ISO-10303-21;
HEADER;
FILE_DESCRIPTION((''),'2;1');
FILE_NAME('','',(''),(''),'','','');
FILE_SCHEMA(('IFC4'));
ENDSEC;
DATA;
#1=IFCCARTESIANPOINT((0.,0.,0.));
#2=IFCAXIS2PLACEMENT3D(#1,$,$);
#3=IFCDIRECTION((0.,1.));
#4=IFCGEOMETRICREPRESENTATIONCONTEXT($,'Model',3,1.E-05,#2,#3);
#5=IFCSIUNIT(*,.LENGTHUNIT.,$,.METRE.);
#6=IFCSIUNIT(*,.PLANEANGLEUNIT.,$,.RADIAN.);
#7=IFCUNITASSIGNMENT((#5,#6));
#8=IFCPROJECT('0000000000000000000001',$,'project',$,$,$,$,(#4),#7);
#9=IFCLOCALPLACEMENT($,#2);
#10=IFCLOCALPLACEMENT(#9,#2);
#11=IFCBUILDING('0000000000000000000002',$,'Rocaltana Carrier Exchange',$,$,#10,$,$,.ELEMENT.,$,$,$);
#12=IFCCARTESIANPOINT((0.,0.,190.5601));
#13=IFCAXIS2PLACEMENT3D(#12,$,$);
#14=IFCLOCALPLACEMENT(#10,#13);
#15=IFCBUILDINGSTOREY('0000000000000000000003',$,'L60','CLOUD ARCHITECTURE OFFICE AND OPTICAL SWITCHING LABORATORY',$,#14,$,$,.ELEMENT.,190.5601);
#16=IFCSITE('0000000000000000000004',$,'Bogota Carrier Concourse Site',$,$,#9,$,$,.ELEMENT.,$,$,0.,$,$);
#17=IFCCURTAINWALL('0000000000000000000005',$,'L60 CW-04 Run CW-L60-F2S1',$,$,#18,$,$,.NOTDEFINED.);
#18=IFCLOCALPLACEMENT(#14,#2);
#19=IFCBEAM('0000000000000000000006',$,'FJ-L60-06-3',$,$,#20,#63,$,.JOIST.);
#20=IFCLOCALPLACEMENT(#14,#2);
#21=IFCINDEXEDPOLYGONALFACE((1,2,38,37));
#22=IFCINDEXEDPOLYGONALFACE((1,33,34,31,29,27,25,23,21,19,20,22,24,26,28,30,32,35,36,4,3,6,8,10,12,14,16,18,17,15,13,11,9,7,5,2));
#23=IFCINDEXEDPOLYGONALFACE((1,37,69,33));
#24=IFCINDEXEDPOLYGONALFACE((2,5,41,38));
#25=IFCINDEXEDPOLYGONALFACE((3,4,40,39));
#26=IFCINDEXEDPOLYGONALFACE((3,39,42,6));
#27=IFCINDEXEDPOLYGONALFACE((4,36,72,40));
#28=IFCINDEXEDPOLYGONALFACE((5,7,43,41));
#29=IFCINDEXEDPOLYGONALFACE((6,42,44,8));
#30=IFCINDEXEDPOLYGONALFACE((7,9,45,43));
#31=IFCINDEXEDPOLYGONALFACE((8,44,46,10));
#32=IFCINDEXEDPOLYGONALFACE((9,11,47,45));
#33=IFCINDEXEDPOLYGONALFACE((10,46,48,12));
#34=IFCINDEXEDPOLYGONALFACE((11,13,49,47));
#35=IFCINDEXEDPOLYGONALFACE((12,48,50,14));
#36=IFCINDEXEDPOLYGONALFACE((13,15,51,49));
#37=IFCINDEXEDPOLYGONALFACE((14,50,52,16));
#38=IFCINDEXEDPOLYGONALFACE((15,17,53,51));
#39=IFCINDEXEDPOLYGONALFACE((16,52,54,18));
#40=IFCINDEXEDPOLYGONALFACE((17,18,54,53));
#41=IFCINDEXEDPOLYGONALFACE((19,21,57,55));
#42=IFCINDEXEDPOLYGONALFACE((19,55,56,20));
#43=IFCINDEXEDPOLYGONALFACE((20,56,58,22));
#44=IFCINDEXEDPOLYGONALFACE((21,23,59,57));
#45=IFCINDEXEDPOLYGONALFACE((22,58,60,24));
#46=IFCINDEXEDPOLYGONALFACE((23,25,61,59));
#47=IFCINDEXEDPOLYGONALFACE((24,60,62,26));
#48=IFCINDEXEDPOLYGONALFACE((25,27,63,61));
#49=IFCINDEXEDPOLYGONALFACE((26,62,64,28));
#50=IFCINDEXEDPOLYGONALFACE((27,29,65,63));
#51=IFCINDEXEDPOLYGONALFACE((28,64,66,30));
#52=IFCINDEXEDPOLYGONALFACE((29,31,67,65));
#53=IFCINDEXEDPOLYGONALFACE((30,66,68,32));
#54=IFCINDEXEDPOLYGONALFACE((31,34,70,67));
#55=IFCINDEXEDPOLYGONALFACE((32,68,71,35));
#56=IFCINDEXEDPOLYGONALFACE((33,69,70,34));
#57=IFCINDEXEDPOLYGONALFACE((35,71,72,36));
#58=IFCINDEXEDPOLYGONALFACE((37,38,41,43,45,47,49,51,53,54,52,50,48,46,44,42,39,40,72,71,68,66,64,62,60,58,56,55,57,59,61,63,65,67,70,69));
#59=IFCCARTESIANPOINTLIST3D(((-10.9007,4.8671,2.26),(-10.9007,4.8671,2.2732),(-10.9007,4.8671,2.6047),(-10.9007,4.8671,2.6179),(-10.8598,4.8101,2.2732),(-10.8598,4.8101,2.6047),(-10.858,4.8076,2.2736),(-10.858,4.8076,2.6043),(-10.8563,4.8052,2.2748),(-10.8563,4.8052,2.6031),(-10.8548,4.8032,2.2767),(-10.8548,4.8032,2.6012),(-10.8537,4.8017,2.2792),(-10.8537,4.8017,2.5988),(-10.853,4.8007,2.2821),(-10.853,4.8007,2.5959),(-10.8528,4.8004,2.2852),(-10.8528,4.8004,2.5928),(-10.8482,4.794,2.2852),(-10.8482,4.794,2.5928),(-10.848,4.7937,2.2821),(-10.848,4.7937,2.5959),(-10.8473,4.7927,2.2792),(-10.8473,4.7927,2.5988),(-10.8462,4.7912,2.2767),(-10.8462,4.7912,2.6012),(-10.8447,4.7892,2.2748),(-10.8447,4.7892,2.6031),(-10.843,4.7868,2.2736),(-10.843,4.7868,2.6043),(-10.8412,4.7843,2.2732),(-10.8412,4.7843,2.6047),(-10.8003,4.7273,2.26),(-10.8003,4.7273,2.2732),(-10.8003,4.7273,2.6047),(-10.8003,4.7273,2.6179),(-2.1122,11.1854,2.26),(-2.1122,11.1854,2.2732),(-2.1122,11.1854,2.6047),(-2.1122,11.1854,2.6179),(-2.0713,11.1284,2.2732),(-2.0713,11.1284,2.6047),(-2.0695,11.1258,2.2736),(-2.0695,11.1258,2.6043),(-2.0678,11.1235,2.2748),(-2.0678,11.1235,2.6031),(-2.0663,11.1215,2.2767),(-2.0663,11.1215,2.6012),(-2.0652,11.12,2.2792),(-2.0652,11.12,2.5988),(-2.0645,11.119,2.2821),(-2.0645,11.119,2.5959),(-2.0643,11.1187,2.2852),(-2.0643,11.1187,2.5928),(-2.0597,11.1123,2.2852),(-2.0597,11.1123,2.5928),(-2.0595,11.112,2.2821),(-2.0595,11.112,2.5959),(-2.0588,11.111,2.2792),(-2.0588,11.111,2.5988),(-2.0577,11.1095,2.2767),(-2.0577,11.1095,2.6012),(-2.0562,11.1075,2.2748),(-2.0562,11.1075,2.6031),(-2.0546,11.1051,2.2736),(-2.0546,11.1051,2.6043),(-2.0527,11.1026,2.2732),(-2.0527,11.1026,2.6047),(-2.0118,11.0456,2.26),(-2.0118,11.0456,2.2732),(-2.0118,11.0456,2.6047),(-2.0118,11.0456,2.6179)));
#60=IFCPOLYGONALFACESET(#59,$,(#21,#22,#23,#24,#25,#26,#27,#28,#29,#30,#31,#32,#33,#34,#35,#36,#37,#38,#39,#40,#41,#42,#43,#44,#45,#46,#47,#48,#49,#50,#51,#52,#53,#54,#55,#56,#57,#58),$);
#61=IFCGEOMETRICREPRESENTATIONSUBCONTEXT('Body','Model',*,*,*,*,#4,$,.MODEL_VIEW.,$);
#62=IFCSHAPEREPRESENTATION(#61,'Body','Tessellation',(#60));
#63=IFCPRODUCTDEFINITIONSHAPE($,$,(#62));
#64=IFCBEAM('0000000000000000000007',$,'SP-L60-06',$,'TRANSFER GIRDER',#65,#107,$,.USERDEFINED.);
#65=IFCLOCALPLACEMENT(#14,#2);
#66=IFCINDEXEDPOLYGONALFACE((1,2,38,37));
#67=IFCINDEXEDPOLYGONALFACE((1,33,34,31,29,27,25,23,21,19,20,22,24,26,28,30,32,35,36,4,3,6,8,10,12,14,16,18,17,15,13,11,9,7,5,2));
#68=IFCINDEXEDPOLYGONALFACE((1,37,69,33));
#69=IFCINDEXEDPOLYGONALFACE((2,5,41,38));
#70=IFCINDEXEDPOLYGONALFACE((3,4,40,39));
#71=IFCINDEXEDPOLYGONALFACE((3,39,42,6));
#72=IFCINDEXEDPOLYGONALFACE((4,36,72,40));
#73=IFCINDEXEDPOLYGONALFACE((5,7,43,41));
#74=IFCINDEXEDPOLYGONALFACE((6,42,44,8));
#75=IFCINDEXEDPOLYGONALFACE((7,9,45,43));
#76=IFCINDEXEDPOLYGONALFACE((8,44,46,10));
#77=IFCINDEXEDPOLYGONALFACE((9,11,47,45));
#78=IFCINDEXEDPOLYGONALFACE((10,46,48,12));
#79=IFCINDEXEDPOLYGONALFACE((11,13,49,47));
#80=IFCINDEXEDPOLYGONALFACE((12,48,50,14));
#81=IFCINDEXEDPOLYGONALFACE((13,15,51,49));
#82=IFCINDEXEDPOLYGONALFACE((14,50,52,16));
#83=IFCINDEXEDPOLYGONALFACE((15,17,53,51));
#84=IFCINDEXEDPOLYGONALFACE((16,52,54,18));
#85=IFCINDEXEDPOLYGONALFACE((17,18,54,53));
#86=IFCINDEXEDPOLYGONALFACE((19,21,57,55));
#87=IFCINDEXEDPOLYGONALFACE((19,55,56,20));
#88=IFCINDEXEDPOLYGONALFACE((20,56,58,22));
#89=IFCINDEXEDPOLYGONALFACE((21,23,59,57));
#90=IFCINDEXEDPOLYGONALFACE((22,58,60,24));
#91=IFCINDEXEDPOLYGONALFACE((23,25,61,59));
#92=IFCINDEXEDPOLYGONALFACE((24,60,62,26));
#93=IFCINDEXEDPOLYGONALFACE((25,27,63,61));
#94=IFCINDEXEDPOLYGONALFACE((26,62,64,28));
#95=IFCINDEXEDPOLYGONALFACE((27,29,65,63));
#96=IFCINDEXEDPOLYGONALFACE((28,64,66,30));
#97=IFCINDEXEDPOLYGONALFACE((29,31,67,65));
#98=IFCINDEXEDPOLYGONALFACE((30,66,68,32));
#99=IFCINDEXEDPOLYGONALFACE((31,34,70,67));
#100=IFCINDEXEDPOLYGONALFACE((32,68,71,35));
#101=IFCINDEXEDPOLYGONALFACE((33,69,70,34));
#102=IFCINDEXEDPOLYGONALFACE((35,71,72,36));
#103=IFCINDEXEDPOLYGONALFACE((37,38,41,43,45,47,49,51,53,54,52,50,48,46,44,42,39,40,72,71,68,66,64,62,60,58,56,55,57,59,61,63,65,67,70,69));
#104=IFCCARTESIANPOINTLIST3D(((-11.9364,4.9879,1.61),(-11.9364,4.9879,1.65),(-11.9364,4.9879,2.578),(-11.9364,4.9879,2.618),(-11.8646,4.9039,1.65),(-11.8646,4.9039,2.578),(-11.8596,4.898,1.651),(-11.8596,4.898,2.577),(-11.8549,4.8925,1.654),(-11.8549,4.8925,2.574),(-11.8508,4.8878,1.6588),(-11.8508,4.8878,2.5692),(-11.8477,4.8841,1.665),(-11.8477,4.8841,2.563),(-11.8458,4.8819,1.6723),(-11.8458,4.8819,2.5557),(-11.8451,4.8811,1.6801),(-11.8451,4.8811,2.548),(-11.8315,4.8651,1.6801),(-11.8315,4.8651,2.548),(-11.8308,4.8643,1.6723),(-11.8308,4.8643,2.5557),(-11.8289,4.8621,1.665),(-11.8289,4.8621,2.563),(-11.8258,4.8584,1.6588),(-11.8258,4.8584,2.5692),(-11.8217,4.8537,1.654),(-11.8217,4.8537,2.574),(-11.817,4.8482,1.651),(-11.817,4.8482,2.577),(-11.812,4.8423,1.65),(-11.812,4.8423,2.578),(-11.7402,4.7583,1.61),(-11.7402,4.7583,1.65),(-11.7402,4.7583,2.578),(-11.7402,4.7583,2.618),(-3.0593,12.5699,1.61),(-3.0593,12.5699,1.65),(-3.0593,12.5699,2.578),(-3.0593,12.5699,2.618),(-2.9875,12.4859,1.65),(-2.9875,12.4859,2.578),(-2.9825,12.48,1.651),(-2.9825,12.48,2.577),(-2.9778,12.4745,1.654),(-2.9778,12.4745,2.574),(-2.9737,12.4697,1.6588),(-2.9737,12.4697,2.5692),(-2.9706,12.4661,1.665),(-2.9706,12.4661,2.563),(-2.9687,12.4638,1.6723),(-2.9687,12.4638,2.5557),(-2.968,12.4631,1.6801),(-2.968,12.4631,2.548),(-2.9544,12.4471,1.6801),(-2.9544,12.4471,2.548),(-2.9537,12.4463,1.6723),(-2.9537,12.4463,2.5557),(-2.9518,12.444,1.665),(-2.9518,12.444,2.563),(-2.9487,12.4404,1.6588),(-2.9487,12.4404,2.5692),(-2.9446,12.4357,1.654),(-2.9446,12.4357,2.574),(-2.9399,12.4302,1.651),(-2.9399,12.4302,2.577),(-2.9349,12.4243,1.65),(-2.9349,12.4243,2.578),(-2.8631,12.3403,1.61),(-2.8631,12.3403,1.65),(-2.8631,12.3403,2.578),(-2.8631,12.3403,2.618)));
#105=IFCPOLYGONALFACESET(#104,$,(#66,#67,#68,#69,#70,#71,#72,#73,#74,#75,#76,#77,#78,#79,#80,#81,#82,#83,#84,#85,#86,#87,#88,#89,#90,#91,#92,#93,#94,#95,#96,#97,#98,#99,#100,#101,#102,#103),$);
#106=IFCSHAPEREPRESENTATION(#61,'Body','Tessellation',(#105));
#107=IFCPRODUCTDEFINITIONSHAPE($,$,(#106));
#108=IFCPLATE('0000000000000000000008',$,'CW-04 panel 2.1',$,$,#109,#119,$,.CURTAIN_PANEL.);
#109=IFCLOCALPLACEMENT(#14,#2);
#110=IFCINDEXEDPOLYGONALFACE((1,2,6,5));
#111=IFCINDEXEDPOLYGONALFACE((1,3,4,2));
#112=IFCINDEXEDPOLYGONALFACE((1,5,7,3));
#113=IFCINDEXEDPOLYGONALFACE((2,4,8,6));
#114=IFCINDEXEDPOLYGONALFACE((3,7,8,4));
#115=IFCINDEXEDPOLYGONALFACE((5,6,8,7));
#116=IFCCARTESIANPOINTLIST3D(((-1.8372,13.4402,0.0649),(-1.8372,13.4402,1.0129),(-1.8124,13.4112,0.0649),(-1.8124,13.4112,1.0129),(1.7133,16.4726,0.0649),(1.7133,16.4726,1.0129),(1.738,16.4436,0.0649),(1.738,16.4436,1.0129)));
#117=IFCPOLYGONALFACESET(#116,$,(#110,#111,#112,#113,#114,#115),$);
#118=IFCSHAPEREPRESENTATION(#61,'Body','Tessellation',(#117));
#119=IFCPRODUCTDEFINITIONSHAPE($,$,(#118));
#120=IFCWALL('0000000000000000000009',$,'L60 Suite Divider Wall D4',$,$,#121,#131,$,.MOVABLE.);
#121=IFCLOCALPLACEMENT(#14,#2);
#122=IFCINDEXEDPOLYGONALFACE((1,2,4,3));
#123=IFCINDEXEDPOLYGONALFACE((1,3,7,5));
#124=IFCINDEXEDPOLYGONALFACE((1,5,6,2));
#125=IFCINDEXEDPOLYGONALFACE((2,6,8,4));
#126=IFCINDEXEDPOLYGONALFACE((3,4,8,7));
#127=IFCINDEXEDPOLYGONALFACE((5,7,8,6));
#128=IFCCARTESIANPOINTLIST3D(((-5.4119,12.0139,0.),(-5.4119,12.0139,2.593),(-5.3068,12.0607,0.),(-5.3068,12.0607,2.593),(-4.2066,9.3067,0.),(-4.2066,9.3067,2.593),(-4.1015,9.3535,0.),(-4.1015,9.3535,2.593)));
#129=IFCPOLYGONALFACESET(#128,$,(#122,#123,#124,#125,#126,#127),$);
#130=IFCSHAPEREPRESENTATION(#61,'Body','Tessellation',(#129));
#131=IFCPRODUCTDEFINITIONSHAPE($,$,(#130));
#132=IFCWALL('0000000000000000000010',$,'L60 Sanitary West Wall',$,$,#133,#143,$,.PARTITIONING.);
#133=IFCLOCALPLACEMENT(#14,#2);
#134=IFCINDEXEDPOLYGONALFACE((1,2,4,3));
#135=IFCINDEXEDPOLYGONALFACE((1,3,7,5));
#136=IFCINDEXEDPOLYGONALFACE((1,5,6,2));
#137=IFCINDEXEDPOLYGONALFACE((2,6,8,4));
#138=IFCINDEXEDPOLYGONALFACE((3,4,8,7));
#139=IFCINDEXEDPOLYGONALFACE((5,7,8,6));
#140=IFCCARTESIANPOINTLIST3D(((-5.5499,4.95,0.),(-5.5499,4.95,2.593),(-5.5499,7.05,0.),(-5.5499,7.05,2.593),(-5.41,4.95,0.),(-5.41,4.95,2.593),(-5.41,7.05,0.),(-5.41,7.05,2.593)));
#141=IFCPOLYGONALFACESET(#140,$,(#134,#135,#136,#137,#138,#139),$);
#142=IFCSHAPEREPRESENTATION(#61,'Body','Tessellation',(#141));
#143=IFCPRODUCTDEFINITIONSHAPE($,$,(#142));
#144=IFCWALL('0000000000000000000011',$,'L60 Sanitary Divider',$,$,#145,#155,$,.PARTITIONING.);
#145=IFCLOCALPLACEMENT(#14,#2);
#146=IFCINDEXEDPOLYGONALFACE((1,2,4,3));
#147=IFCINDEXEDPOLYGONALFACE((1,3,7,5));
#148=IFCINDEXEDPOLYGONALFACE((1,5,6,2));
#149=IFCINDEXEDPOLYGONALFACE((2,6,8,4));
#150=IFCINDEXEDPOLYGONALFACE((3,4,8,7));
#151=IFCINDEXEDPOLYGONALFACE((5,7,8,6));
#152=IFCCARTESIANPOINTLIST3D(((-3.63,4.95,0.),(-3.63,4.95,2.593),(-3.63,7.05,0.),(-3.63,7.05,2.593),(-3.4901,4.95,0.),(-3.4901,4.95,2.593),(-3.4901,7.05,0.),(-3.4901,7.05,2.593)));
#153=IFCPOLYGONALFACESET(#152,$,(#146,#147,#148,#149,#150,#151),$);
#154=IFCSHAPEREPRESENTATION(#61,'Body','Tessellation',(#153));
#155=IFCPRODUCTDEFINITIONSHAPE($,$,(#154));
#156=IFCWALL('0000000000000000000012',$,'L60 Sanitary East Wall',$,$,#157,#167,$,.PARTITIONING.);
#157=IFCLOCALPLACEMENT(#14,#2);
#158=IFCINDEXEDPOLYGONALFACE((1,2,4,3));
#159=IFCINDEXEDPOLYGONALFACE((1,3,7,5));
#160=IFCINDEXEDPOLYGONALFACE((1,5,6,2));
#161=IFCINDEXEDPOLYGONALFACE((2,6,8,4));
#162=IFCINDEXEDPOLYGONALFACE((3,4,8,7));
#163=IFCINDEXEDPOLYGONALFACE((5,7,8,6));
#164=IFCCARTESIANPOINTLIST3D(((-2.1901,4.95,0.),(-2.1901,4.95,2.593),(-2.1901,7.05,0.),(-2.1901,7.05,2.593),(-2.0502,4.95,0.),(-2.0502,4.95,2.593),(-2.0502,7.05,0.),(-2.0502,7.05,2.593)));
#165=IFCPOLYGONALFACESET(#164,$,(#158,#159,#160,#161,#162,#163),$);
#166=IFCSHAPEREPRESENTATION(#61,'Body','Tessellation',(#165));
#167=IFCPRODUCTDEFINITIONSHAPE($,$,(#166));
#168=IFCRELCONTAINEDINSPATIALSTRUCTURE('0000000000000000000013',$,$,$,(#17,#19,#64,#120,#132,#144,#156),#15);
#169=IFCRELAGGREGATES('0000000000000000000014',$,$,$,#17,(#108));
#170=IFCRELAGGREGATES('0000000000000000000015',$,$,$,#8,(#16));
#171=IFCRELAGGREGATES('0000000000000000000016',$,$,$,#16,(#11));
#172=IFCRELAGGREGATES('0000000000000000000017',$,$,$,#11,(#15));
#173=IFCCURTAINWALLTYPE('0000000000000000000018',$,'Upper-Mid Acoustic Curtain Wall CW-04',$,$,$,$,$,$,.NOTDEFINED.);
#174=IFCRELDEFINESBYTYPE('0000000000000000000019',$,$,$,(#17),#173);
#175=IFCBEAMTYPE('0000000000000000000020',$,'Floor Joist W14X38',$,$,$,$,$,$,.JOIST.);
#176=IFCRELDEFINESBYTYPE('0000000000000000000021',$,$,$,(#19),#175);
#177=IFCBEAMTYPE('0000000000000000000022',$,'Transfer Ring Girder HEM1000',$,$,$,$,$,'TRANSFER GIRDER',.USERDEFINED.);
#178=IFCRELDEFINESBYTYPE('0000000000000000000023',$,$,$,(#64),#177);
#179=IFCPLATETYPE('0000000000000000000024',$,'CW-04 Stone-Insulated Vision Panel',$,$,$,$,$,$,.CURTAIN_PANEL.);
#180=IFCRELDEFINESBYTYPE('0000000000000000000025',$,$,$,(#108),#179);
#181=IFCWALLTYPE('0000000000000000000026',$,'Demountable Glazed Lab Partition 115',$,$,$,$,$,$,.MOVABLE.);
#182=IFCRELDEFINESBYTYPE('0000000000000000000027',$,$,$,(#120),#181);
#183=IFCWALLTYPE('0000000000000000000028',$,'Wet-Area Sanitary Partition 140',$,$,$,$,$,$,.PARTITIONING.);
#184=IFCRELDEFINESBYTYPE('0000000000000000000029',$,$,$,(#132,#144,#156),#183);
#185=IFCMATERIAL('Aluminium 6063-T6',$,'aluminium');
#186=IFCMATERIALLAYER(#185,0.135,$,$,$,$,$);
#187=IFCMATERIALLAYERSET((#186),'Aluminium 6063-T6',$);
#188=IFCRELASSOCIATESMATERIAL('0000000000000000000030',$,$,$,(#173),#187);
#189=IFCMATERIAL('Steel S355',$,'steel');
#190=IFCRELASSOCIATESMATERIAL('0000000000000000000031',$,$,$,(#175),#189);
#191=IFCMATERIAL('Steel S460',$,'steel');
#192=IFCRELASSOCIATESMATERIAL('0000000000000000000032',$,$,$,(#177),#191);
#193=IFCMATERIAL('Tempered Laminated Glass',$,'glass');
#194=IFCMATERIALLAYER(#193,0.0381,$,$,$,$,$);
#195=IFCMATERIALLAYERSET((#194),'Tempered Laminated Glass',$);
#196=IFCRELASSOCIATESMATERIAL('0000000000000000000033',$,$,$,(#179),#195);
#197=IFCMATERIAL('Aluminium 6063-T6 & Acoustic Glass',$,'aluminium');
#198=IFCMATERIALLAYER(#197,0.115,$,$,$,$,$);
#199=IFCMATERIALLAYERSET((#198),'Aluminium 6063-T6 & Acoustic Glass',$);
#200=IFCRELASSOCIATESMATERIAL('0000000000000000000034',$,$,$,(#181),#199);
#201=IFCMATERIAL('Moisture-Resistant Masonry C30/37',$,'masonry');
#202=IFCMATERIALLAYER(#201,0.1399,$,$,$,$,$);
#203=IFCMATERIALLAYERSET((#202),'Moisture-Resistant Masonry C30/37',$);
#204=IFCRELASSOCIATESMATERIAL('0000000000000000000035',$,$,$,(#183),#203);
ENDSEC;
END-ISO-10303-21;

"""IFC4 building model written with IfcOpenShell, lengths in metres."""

from ifc_helpers import new_model, si_unit, direction, frame, frame_2d, origin, origin_2d, place, context, subcontext, project, spatial, rectangle, i_section, extrude, material, layer, layer_set, material_profile, profile_set, type_object, element, aggregate, save


model = new_model("IFC4")

# Units and contexts
model_context = context("Model", 3, precision=1e-05, world=origin(), true_north=direction((0.0, 1.0)))
body_context = subcontext(model_context, "Body", "Model", "MODEL_VIEW")
ifc_project = project(units=[si_unit("LENGTHUNIT", "METRE"), si_unit("PLANEANGLEUNIT", "RADIAN")], contexts=[model_context])

# Site, building, storey
site_placement = place(None, origin())
site = spatial("IfcSite", under=ifc_project, at=site_placement, Name="Bogota Carrier Concourse Site", CompositionType="ELEMENT", RefElevation=0.0)
building_placement = place(site_placement, origin())
building = spatial("IfcBuilding", under=site, at=building_placement, Name="Rocaltana Carrier Exchange", CompositionType="ELEMENT")
storey_placement = place(building_placement, frame((0.0, 0.0, 190.5601)))
storey = spatial("IfcBuildingStorey", under=building, at=storey_placement, Name="L60", Description="CLOUD ARCHITECTURE OFFICE AND OPTICAL SWITCHING LABORATORY", CompositionType="ELEMENT", Elevation=190.5601)

# Curtain wall
ifc_material_1 = material(Name="Aluminium 6063-T6", Category="aluminium")
ifc_layer_1 = layer(ifc_material_1, 0.135)
ifc_layer_set_1 = layer_set([ifc_layer_1], Name="Aluminium 6063-T6")
curtain_wall_type = type_object("IfcCurtainWallType", Name="Upper-Mid Acoustic Curtain Wall CW-04", PredefinedType="NOTDEFINED", material=ifc_layer_set_1)
curtain_wall_1_placement = place(storey_placement, origin())
curtain_wall_1 = element("IfcCurtainWall", 1, at=curtain_wall_1_placement, inside=storey, type_object=curtain_wall_type, Name="L60 CW-04 Run CW-L60-F2S1", PredefinedType="NOTDEFINED")

# Beams
ifc_material_2 = material(Name="Steel S355", Category="steel")
ifc_material_profile_1 = material_profile(ifc_material_2, i_section(OverallWidth=0.1721, OverallDepth=0.3579, WebThickness=0.0078, FlangeThickness=0.0132, FilletRadius=0.012, at=origin_2d()), Name="W14X38")
ifc_profile_set_1 = profile_set([ifc_material_profile_1], Name="Steel S355")
beam_type_1 = type_object("IfcBeamType", Name="Floor Joist W14X38", PredefinedType="JOIST", material=ifc_profile_set_1)
beam_1_placement = place(storey_placement, frame((-2.062, 11.1155, 2.439), z_axis=(-0.811947, -0.583732, 0.0), x_axis=(0.583732, -0.811947, 0.0)))
element("IfcBeam", 2, at=beam_1_placement, inside=storey, type_object=beam_type_1, Name="FJ-L60-06-3", PredefinedType="JOIST", context=body_context, shape_type="SweptSolid", body=[
    extrude(i_section(OverallWidth=0.1721, OverallDepth=0.3579, WebThickness=0.0078, FlangeThickness=0.0132, FilletRadius=0.012, at=origin_2d()), origin(), (0.0, 0.0, 1.0), 10.824),
])
ifc_material_3 = material(Name="Steel S460", Category="steel")
ifc_material_profile_2 = material_profile(ifc_material_3, i_section(OverallWidth=0.302, OverallDepth=1.0081, WebThickness=0.021, FlangeThickness=0.04, FilletRadius=0.03, at=origin_2d()), Name="HEM1000")
ifc_profile_set_2 = profile_set([ifc_material_profile_2], Name="Steel S460")
beam_type_2 = type_object("IfcBeamType", Name="Transfer Ring Girder HEM1000", ElementType="TRANSFER GIRDER", PredefinedType="USERDEFINED", material=ifc_profile_set_2)
beam_2_placement = place(storey_placement, frame((-2.9612, 12.4551, 2.114), z_axis=(-0.760398, -0.649457, 0.0), x_axis=(0.649457, -0.760398, 0.0)))
element("IfcBeam", 3, at=beam_2_placement, inside=storey, type_object=beam_type_2, Name="SP-L60-06", ObjectType="TRANSFER GIRDER", PredefinedType="USERDEFINED", context=body_context, shape_type="SweptSolid", body=[
    extrude(i_section(OverallWidth=0.302, OverallDepth=1.0081, WebThickness=0.021, FlangeThickness=0.04, FilletRadius=0.03, at=origin_2d()), origin(), (0.0, 0.0, 1.0), 11.6743),
])

# Plate
ifc_material_4 = material(Name="Tempered Laminated Glass", Category="glass")
ifc_layer_2 = layer(ifc_material_4, 0.0381)
ifc_layer_set_2 = layer_set([ifc_layer_2], Name="Tempered Laminated Glass")
plate_type = type_object("IfcPlateType", Name="CW-04 Stone-Insulated Vision Panel", PredefinedType="CURTAIN_PANEL", material=ifc_layer_set_2)
plate_placement = place(storey_placement, frame((-0.0496, 14.9419, 0.0649), z_axis=(0.0, 0.0, 1.0), x_axis=(-0.760406, -0.649448, 0.0)))
plate = element("IfcPlate", 4, at=plate_placement, type_object=plate_type, Name="CW-04 panel 2.1", PredefinedType="CURTAIN_PANEL", context=body_context, shape_type="SweptSolid", body=[
    extrude(rectangle(XDim=4.6692, YDim=0.0381, at=origin_2d()), origin(), (0.0, 0.0, 1.0), 0.948),
])
aggregate(curtain_wall_1, [plate])

# Walls
ifc_material_5 = material(Name="Aluminium 6063-T6 & Acoustic Glass", Category="aluminium")
ifc_layer_3 = layer(ifc_material_5, 0.115)
ifc_layer_set_3 = layer_set([ifc_layer_3], Name="Aluminium 6063-T6 & Acoustic Glass")
wall_type_1 = type_object("IfcWallType", Name="Demountable Glazed Lab Partition 115", PredefinedType="MOVABLE", material=ifc_layer_set_3)
wall_1_placement = place(storey_placement, frame((-4.1541, 9.3301, 0.0), z_axis=(0.0, 0.0, 1.0), x_axis=(-0.406727, 0.91355, 0.0)))
element("IfcWall", 5, at=wall_1_placement, inside=storey, type_object=wall_type_1, Name="L60 Suite Divider Wall D4", PredefinedType="MOVABLE", context=body_context, shape_type="SweptSolid", body=[
    extrude(rectangle(XDim=2.9634, YDim=0.115, at=frame_2d((1.4817, 0.0))), origin(), (0.0, 0.0, 1.0), 2.593),
])
ifc_material_6 = material(Name="Moisture-Resistant Masonry C30/37", Category="masonry")
ifc_layer_4 = layer(ifc_material_6, 0.1399)
ifc_layer_set_4 = layer_set([ifc_layer_4], Name="Moisture-Resistant Masonry C30/37")
wall_type_2 = type_object("IfcWallType", Name="Wet-Area Sanitary Partition 140", PredefinedType="PARTITIONING", material=ifc_layer_set_4)
for number, where, z_axis, x_axis, name in (
    (6, (-5.48, 4.95, 0.0), (0.0, 0.0, 1.0), (0.0, 1.0, 0.0), "L60 Sanitary West Wall"),
    (7, (-3.5601, 4.95, 0.0), (0.0, 0.0, 1.0), (0.0, 1.0, 0.0), "L60 Sanitary Divider"),
    (8, (-2.1201, 4.95, 0.0), (0.0, 0.0, 1.0), (0.0, 1.0, 0.0), "L60 Sanitary East Wall"),
):
    element("IfcWall", number, at=place(storey_placement, frame(where, z_axis=z_axis, x_axis=x_axis)), inside=storey, type_object=wall_type_2, Name=name, PredefinedType="PARTITIONING", context=body_context, shape_type="SweptSolid", body=[
        extrude(rectangle(XDim=2.1001, YDim=0.1399, at=frame_2d((1.05, 0.0))), origin(), (0.0, 0.0, 1.0), 2.593),
    ])

save(model, "model.ifc")
